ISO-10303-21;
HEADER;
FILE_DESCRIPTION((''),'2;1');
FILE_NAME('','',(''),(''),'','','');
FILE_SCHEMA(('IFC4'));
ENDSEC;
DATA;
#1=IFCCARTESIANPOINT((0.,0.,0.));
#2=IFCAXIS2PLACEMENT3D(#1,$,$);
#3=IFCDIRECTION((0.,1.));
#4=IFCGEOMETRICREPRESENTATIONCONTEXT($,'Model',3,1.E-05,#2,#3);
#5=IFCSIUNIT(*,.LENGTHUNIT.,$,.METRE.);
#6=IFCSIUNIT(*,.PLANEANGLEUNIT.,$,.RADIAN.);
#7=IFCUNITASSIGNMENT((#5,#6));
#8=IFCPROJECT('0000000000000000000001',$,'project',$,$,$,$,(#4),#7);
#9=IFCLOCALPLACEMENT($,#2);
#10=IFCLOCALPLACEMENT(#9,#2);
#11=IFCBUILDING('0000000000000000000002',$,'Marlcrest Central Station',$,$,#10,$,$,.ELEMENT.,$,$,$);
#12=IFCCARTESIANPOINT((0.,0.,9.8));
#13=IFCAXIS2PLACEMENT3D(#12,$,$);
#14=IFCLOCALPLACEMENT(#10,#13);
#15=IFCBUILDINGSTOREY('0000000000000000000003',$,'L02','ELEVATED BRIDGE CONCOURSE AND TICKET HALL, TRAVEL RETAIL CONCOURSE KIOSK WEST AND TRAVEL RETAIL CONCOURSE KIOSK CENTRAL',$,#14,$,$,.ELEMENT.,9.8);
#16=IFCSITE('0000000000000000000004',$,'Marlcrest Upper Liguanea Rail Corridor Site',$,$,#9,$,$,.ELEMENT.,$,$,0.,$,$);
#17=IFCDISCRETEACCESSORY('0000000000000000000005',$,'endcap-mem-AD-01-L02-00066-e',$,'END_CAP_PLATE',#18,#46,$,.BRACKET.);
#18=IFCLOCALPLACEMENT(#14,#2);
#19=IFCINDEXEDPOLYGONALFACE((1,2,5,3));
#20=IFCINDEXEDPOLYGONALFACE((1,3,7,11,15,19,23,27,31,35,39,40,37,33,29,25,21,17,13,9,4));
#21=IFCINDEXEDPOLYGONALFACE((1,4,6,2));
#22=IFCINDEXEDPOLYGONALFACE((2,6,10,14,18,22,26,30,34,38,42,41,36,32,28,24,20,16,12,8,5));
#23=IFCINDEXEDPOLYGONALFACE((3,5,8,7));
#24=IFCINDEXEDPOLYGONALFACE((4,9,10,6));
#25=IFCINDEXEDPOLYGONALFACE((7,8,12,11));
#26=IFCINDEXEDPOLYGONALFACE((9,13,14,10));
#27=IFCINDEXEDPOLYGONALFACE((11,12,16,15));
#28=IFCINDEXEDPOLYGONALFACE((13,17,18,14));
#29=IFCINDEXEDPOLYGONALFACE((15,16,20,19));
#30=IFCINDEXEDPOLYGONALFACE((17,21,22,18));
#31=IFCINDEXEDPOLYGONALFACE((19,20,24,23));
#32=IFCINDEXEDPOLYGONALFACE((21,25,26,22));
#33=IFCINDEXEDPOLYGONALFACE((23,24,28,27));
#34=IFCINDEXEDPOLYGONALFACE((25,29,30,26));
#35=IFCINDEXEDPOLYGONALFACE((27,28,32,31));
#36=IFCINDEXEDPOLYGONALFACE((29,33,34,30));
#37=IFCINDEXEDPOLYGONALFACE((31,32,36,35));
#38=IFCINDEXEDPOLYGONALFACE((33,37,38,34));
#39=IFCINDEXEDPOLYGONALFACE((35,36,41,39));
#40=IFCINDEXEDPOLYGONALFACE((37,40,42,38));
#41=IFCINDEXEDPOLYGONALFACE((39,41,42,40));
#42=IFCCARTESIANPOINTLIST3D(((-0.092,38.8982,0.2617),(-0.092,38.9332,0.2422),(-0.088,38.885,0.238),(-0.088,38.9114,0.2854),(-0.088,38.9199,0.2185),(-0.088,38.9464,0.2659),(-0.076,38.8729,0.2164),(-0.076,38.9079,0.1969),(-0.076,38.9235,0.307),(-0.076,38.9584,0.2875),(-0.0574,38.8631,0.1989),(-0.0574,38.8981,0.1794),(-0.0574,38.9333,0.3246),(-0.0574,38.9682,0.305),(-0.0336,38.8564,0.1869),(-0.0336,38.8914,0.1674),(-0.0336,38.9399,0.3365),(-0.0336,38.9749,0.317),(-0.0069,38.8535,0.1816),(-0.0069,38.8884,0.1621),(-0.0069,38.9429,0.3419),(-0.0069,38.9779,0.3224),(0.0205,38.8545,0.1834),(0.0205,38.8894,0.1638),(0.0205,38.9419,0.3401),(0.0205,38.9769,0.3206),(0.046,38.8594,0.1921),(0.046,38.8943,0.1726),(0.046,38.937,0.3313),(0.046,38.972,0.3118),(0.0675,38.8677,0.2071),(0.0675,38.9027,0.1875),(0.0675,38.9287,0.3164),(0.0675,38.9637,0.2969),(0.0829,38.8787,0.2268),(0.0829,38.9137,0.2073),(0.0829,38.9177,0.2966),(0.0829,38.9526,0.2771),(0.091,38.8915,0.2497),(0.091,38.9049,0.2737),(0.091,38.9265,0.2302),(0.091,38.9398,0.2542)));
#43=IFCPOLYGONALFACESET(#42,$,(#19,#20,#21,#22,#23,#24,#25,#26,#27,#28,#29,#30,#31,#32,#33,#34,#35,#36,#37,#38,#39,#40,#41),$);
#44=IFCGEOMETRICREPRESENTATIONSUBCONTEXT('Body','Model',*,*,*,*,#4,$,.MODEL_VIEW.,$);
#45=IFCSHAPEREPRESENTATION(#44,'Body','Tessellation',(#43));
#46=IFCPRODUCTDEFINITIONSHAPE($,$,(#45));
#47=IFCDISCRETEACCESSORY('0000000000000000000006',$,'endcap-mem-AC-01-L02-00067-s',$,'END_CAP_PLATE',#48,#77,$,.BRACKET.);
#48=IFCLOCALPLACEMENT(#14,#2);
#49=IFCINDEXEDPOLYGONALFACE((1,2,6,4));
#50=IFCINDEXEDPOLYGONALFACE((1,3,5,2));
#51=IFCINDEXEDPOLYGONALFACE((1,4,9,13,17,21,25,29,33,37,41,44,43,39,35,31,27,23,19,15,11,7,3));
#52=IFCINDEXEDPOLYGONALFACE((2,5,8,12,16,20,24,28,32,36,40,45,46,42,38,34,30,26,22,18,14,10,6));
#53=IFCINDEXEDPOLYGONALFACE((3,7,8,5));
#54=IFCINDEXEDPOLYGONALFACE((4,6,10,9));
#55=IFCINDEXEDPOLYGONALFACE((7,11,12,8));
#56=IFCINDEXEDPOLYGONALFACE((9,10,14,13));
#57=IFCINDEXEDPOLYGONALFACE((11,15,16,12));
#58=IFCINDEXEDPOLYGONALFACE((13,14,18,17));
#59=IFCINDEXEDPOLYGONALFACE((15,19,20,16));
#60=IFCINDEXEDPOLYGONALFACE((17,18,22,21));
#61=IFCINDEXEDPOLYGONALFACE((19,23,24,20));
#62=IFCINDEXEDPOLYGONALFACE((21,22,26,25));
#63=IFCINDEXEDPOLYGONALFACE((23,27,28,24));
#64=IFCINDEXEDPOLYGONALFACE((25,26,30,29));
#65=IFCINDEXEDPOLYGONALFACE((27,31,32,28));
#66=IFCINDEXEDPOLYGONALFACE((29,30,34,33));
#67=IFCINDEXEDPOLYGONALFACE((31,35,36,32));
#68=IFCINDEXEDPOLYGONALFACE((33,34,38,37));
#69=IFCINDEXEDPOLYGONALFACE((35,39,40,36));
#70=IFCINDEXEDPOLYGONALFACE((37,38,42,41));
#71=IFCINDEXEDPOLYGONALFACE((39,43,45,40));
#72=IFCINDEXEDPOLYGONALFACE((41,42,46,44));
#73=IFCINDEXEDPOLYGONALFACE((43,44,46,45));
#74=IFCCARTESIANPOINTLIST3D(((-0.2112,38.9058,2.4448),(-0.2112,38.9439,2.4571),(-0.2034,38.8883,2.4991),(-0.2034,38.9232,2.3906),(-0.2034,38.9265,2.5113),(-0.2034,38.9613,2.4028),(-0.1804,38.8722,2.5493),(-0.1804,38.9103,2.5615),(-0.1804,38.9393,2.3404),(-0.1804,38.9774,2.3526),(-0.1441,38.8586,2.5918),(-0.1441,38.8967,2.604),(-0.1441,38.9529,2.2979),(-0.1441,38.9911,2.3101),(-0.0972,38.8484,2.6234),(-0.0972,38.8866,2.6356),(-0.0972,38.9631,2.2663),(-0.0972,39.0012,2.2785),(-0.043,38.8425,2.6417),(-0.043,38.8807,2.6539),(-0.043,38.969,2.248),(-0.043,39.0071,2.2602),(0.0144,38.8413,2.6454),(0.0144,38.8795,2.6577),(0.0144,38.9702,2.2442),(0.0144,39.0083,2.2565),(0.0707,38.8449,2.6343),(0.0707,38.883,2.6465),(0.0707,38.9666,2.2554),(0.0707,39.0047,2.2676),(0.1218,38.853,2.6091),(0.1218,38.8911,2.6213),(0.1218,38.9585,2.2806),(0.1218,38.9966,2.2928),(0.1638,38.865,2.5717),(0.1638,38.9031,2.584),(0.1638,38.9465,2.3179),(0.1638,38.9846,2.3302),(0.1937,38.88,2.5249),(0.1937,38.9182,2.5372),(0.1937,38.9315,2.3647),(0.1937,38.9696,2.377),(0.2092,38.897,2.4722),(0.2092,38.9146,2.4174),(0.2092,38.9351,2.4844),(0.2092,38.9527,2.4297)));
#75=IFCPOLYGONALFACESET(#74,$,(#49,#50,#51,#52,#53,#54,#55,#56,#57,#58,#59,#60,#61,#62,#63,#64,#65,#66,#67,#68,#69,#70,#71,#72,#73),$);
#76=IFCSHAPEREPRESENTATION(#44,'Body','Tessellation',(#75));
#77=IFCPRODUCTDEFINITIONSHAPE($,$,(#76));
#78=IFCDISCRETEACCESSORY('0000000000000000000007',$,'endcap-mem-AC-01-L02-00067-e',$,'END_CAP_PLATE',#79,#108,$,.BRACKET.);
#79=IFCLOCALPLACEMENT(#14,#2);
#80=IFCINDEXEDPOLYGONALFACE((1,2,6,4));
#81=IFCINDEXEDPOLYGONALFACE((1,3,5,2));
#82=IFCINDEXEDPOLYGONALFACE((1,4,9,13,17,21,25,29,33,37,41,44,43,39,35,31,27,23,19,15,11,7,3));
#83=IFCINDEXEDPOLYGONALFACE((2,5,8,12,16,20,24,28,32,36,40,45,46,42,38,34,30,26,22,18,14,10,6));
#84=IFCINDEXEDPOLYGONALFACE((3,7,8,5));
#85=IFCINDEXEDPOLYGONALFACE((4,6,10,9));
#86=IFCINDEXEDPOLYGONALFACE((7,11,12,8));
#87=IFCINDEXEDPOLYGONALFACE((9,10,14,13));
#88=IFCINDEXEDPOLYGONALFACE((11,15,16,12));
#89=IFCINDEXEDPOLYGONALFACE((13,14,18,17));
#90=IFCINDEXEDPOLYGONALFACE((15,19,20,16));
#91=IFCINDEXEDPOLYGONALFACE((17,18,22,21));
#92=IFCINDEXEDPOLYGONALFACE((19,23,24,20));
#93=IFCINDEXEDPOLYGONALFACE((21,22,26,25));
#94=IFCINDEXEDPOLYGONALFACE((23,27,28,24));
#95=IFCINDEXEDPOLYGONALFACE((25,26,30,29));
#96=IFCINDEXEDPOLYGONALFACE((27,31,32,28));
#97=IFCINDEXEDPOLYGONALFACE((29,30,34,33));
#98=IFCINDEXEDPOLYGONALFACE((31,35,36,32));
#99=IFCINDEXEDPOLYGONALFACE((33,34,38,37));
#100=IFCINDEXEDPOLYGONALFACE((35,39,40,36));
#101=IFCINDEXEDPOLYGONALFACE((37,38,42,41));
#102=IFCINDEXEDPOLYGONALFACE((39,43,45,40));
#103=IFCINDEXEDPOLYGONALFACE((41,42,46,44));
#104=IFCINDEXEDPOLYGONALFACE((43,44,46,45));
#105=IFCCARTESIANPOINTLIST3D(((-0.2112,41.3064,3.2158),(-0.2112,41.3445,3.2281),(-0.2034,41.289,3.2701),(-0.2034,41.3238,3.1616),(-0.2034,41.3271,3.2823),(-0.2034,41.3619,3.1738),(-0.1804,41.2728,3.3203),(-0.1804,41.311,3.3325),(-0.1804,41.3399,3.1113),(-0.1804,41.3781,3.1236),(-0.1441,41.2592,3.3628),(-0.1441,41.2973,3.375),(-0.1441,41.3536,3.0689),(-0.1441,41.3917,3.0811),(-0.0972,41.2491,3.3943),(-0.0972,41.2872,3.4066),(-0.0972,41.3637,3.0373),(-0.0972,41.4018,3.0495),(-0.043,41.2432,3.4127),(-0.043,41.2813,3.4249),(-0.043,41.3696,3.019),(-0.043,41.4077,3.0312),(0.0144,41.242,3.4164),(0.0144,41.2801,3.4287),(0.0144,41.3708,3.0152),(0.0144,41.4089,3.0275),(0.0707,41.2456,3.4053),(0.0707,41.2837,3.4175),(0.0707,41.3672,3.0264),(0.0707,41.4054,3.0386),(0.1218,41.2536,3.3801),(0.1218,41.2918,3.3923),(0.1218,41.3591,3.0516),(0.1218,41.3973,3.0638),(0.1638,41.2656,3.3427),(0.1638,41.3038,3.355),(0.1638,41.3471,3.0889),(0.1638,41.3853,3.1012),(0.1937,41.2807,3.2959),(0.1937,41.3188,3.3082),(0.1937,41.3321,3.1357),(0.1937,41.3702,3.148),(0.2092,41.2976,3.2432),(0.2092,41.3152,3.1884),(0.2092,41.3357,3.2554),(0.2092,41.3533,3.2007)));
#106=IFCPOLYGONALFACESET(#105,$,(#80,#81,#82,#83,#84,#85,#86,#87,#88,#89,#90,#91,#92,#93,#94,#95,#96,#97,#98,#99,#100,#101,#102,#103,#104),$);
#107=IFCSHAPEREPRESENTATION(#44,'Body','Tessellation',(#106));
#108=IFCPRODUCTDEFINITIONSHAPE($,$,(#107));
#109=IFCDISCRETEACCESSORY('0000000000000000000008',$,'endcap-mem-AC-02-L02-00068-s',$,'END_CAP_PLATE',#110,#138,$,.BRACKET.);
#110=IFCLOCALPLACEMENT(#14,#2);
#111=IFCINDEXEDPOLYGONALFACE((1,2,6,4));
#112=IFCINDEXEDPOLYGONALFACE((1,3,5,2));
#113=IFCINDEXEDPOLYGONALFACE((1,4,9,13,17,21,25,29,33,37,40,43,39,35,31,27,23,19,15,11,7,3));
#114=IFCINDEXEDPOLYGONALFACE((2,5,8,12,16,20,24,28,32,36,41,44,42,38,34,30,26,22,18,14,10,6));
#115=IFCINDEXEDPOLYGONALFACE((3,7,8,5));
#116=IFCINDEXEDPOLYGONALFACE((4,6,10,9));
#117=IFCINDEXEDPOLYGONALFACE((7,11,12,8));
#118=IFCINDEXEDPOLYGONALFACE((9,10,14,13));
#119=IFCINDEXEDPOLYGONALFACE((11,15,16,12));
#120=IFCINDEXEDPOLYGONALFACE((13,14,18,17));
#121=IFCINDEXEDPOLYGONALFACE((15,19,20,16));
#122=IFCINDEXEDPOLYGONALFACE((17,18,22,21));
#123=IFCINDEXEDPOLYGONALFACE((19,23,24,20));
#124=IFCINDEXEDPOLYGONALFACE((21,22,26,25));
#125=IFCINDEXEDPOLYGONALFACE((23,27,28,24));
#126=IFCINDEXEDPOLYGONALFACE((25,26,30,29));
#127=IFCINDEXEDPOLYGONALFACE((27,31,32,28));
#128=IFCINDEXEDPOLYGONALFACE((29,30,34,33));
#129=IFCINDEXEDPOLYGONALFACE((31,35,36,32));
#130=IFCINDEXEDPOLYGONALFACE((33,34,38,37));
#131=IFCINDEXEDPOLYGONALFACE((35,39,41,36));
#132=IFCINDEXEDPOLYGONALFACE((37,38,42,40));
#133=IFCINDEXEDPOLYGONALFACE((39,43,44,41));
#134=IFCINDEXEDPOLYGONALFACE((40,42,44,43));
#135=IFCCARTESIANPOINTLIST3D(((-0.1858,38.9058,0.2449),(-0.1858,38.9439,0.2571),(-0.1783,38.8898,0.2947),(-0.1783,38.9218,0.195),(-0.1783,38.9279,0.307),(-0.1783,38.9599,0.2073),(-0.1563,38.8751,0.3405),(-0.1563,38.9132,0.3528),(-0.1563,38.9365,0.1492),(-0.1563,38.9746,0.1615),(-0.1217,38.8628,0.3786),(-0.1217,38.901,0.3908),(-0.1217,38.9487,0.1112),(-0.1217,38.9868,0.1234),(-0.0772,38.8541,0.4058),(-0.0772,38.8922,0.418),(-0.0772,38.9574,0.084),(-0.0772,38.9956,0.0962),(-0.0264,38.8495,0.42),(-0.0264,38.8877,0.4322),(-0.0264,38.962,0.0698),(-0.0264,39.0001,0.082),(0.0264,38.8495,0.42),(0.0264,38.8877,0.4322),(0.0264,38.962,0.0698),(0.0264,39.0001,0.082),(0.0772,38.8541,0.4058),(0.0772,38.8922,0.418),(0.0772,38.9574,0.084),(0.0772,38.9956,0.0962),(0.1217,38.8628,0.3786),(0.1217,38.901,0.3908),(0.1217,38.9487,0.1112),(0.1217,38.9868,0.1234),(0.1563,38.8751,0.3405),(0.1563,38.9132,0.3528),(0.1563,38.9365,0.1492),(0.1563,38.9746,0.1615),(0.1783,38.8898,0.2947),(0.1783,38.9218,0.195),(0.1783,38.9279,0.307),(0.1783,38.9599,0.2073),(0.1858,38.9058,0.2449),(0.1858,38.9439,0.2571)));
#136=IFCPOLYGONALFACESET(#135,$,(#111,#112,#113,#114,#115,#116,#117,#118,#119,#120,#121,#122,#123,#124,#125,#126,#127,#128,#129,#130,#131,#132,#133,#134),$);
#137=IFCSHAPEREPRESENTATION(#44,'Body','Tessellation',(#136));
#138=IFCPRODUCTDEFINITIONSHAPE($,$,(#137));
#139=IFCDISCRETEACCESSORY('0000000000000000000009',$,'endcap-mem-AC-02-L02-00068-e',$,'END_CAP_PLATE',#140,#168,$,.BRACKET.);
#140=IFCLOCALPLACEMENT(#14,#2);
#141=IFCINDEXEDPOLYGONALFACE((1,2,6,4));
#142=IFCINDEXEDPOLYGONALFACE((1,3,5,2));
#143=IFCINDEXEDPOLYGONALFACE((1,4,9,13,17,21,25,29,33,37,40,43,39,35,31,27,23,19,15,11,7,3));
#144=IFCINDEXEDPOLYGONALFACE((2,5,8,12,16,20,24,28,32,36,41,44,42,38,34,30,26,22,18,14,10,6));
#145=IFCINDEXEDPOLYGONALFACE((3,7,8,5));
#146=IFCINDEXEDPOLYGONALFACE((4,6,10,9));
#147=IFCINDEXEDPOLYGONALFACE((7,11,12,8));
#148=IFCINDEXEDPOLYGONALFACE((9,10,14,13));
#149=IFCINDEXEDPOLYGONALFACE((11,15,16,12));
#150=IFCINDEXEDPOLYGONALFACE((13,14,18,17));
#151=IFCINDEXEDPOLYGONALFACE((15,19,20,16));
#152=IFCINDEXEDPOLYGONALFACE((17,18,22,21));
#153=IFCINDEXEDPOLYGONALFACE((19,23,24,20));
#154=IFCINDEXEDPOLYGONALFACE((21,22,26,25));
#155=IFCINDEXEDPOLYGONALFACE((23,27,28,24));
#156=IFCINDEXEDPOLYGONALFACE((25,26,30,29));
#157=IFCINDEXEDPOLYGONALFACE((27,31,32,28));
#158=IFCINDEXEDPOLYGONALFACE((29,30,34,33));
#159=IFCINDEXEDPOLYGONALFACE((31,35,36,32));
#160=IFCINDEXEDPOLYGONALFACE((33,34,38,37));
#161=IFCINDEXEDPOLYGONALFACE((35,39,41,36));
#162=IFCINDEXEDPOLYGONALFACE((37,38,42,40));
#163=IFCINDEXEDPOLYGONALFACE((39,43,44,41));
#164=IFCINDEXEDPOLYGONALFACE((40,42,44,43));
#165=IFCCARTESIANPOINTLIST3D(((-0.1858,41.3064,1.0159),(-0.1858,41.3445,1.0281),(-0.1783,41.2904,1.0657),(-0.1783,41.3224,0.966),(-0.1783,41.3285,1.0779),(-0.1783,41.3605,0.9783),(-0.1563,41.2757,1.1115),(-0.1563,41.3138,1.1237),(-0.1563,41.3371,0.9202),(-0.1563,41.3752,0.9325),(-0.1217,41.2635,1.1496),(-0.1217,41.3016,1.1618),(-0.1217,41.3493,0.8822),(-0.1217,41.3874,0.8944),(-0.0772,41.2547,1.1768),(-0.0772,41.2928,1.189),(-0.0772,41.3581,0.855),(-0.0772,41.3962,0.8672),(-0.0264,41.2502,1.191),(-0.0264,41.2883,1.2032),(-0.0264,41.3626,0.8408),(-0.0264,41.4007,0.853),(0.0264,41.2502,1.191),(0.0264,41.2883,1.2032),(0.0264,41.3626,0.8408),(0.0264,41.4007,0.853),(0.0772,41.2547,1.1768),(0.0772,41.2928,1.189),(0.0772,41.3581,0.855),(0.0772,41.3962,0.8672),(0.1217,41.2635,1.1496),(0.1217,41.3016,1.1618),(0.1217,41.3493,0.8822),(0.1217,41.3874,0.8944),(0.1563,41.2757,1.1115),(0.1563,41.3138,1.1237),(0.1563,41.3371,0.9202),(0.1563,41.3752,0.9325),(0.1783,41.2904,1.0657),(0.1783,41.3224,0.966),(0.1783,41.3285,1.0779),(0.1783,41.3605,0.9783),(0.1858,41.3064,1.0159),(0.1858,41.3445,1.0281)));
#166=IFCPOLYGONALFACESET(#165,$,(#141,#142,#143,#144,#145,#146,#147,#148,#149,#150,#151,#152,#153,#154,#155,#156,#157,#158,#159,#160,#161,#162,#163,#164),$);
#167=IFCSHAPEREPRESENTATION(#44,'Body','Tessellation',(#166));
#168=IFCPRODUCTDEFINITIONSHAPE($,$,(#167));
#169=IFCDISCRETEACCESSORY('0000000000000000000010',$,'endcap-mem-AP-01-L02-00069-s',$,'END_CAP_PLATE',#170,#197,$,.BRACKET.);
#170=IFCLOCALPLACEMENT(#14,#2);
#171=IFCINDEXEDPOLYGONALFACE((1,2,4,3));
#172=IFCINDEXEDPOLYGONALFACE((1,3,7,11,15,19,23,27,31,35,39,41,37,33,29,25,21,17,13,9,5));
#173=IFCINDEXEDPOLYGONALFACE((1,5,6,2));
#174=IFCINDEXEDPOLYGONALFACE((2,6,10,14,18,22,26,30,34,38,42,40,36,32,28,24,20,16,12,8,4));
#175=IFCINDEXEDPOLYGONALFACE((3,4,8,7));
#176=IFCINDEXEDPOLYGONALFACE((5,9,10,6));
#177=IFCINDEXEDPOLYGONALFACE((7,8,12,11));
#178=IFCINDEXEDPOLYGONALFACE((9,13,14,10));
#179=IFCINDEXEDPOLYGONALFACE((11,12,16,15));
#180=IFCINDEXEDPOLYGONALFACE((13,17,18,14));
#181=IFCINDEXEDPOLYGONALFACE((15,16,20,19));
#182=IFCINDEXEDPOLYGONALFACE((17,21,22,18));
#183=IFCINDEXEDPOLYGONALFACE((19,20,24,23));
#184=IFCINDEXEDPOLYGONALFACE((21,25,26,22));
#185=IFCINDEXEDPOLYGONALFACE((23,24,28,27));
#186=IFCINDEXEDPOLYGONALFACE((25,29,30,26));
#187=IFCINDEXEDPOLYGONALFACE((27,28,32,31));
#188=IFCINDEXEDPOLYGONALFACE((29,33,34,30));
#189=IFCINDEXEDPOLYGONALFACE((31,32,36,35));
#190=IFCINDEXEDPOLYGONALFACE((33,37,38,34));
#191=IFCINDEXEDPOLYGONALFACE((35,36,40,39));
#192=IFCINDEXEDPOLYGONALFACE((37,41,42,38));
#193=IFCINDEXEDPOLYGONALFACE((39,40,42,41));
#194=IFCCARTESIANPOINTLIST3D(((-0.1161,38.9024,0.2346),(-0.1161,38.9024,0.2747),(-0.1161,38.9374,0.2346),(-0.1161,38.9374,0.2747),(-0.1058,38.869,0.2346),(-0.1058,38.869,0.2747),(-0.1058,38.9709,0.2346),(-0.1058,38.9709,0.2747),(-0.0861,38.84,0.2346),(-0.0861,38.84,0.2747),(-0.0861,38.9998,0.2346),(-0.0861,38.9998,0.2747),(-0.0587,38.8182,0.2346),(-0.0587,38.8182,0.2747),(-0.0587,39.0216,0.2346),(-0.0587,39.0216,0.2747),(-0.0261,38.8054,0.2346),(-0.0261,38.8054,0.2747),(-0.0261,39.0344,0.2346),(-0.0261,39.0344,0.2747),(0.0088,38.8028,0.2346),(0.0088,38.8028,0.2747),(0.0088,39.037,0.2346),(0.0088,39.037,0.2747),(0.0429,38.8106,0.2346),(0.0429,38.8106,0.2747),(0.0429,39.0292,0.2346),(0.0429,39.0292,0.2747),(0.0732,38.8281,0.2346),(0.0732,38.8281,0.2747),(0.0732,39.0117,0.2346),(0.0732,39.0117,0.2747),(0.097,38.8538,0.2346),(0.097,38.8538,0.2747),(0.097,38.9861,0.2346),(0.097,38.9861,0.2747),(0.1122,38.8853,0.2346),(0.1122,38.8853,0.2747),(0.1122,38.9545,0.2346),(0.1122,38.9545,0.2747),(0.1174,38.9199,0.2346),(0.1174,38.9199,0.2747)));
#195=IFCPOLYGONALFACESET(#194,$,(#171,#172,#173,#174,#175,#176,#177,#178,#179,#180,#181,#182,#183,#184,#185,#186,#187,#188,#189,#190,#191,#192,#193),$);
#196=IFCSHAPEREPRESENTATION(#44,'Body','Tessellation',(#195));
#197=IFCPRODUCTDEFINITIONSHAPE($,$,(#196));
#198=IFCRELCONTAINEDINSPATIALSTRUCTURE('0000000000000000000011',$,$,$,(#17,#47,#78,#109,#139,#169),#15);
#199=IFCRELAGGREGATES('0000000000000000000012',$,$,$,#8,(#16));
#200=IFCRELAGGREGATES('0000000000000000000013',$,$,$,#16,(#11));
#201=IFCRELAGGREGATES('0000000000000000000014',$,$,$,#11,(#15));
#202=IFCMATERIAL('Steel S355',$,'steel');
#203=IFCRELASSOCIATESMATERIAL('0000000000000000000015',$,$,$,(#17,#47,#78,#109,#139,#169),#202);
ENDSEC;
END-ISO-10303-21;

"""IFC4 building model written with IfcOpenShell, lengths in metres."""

from ifc_helpers import new_model, si_unit, direction, frame, origin, origin_2d, place, context, subcontext, project, spatial, circle, extrude, material, element, save


model = new_model("IFC4")

# Units and contexts
model_context = context("Model", 3, precision=1e-05, world=origin(), true_north=direction((0.0, 1.0)))
body_context = subcontext(model_context, "Body", "Model", "MODEL_VIEW")
ifc_project = project(units=[si_unit("LENGTHUNIT", "METRE"), si_unit("PLANEANGLEUNIT", "RADIAN")], contexts=[model_context])

# Site, building, storey
site_placement = place(None, origin())
site = spatial("IfcSite", under=ifc_project, at=site_placement, Name="Marlcrest Upper Liguanea Rail Corridor Site", CompositionType="ELEMENT", RefElevation=0.0)
building_placement = place(site_placement, origin())
building = spatial("IfcBuilding", under=site, at=building_placement, Name="Marlcrest Central Station", CompositionType="ELEMENT")
storey_placement = place(building_placement, frame((0.0, 0.0, 9.8)))
storey = spatial("IfcBuildingStorey", under=building, at=storey_placement, Name="L02", Description="ELEVATED BRIDGE CONCOURSE AND TICKET HALL, TRAVEL RETAIL CONCOURSE KIOSK WEST AND TRAVEL RETAIL CONCOURSE KIOSK CENTRAL", CompositionType="ELEMENT", Elevation=9.8)

# Shared definitions
ifc_material_1 = material(Name="Steel S355", Category="steel")

# Discrete accessories
for number, where, z_axis, x_axis, name in (
    (1, (0.0, 38.8982, 0.2617), (0.0, 0.873246, -0.48728), (-1.0, 0.0, 0.0), "endcap-mem-AD-01-L02-00066-e"),
):
    element("IfcDiscreteAccessory", number, at=place(storey_placement, frame(where, z_axis=z_axis, x_axis=x_axis)), inside=storey, material=ifc_material_1, Name=name, ObjectType="END_CAP_PLATE", PredefinedType="BRACKET", context=body_context, shape_type="SweptSolid", body=[
        extrude(circle(Radius=0.092, at=origin_2d()), origin(), (0.0, 0.0, 1.0), 0.04),
    ])
for number, where, z_axis, x_axis, name in (
    (2, (0.0, 38.9058, 2.4448), (0.0, 0.952117, 0.305734), (-1.0, 0.0, 0.0), "endcap-mem-AC-01-L02-00067-s"),
    (3, (0.0, 41.3064, 3.2158), (0.0, 0.952117, 0.305734), (-1.0, 0.0, 0.0), "endcap-mem-AC-01-L02-00067-e"),
):
    element("IfcDiscreteAccessory", number, at=place(storey_placement, frame(where, z_axis=z_axis, x_axis=x_axis)), inside=storey, material=ifc_material_1, Name=name, ObjectType="END_CAP_PLATE", PredefinedType="BRACKET", context=body_context, shape_type="SweptSolid", body=[
        extrude(circle(Radius=0.2112, at=origin_2d()), origin(), (0.0, 0.0, 1.0), 0.04),
    ])
for number, where, z_axis, x_axis, name in (
    (4, (0.0, 38.9058, 0.2449), (0.0, 0.952117, 0.305734), (-1.0, 0.0, 0.0), "endcap-mem-AC-02-L02-00068-s"),
    (5, (0.0, 41.3064, 1.0159), (0.0, 0.952117, 0.305734), (-1.0, 0.0, 0.0), "endcap-mem-AC-02-L02-00068-e"),
):
    element("IfcDiscreteAccessory", number, at=place(storey_placement, frame(where, z_axis=z_axis, x_axis=x_axis)), inside=storey, material=ifc_material_1, Name=name, ObjectType="END_CAP_PLATE", PredefinedType="BRACKET", context=body_context, shape_type="SweptSolid", body=[
        extrude(circle(Radius=0.1858, at=origin_2d()), origin(), (0.0, 0.0, 1.0), 0.04),
    ])
for number, where, z_axis, x_axis, name in (
    (6, (0.0, 38.9199, 0.2346), (0.0, 0.0, 1.0), (1.0, 0.0, 0.0), "endcap-mem-AP-01-L02-00069-s"),
):
    element("IfcDiscreteAccessory", number, at=place(storey_placement, frame(where, z_axis=z_axis, x_axis=x_axis)), inside=storey, material=ifc_material_1, Name=name, ObjectType="END_CAP_PLATE", PredefinedType="BRACKET", context=body_context, shape_type="SweptSolid", body=[
        extrude(circle(Radius=0.1174, at=origin_2d()), origin(), (0.0, 0.0, 1.0), 0.04),
    ])

save(model, "model.ifc")
